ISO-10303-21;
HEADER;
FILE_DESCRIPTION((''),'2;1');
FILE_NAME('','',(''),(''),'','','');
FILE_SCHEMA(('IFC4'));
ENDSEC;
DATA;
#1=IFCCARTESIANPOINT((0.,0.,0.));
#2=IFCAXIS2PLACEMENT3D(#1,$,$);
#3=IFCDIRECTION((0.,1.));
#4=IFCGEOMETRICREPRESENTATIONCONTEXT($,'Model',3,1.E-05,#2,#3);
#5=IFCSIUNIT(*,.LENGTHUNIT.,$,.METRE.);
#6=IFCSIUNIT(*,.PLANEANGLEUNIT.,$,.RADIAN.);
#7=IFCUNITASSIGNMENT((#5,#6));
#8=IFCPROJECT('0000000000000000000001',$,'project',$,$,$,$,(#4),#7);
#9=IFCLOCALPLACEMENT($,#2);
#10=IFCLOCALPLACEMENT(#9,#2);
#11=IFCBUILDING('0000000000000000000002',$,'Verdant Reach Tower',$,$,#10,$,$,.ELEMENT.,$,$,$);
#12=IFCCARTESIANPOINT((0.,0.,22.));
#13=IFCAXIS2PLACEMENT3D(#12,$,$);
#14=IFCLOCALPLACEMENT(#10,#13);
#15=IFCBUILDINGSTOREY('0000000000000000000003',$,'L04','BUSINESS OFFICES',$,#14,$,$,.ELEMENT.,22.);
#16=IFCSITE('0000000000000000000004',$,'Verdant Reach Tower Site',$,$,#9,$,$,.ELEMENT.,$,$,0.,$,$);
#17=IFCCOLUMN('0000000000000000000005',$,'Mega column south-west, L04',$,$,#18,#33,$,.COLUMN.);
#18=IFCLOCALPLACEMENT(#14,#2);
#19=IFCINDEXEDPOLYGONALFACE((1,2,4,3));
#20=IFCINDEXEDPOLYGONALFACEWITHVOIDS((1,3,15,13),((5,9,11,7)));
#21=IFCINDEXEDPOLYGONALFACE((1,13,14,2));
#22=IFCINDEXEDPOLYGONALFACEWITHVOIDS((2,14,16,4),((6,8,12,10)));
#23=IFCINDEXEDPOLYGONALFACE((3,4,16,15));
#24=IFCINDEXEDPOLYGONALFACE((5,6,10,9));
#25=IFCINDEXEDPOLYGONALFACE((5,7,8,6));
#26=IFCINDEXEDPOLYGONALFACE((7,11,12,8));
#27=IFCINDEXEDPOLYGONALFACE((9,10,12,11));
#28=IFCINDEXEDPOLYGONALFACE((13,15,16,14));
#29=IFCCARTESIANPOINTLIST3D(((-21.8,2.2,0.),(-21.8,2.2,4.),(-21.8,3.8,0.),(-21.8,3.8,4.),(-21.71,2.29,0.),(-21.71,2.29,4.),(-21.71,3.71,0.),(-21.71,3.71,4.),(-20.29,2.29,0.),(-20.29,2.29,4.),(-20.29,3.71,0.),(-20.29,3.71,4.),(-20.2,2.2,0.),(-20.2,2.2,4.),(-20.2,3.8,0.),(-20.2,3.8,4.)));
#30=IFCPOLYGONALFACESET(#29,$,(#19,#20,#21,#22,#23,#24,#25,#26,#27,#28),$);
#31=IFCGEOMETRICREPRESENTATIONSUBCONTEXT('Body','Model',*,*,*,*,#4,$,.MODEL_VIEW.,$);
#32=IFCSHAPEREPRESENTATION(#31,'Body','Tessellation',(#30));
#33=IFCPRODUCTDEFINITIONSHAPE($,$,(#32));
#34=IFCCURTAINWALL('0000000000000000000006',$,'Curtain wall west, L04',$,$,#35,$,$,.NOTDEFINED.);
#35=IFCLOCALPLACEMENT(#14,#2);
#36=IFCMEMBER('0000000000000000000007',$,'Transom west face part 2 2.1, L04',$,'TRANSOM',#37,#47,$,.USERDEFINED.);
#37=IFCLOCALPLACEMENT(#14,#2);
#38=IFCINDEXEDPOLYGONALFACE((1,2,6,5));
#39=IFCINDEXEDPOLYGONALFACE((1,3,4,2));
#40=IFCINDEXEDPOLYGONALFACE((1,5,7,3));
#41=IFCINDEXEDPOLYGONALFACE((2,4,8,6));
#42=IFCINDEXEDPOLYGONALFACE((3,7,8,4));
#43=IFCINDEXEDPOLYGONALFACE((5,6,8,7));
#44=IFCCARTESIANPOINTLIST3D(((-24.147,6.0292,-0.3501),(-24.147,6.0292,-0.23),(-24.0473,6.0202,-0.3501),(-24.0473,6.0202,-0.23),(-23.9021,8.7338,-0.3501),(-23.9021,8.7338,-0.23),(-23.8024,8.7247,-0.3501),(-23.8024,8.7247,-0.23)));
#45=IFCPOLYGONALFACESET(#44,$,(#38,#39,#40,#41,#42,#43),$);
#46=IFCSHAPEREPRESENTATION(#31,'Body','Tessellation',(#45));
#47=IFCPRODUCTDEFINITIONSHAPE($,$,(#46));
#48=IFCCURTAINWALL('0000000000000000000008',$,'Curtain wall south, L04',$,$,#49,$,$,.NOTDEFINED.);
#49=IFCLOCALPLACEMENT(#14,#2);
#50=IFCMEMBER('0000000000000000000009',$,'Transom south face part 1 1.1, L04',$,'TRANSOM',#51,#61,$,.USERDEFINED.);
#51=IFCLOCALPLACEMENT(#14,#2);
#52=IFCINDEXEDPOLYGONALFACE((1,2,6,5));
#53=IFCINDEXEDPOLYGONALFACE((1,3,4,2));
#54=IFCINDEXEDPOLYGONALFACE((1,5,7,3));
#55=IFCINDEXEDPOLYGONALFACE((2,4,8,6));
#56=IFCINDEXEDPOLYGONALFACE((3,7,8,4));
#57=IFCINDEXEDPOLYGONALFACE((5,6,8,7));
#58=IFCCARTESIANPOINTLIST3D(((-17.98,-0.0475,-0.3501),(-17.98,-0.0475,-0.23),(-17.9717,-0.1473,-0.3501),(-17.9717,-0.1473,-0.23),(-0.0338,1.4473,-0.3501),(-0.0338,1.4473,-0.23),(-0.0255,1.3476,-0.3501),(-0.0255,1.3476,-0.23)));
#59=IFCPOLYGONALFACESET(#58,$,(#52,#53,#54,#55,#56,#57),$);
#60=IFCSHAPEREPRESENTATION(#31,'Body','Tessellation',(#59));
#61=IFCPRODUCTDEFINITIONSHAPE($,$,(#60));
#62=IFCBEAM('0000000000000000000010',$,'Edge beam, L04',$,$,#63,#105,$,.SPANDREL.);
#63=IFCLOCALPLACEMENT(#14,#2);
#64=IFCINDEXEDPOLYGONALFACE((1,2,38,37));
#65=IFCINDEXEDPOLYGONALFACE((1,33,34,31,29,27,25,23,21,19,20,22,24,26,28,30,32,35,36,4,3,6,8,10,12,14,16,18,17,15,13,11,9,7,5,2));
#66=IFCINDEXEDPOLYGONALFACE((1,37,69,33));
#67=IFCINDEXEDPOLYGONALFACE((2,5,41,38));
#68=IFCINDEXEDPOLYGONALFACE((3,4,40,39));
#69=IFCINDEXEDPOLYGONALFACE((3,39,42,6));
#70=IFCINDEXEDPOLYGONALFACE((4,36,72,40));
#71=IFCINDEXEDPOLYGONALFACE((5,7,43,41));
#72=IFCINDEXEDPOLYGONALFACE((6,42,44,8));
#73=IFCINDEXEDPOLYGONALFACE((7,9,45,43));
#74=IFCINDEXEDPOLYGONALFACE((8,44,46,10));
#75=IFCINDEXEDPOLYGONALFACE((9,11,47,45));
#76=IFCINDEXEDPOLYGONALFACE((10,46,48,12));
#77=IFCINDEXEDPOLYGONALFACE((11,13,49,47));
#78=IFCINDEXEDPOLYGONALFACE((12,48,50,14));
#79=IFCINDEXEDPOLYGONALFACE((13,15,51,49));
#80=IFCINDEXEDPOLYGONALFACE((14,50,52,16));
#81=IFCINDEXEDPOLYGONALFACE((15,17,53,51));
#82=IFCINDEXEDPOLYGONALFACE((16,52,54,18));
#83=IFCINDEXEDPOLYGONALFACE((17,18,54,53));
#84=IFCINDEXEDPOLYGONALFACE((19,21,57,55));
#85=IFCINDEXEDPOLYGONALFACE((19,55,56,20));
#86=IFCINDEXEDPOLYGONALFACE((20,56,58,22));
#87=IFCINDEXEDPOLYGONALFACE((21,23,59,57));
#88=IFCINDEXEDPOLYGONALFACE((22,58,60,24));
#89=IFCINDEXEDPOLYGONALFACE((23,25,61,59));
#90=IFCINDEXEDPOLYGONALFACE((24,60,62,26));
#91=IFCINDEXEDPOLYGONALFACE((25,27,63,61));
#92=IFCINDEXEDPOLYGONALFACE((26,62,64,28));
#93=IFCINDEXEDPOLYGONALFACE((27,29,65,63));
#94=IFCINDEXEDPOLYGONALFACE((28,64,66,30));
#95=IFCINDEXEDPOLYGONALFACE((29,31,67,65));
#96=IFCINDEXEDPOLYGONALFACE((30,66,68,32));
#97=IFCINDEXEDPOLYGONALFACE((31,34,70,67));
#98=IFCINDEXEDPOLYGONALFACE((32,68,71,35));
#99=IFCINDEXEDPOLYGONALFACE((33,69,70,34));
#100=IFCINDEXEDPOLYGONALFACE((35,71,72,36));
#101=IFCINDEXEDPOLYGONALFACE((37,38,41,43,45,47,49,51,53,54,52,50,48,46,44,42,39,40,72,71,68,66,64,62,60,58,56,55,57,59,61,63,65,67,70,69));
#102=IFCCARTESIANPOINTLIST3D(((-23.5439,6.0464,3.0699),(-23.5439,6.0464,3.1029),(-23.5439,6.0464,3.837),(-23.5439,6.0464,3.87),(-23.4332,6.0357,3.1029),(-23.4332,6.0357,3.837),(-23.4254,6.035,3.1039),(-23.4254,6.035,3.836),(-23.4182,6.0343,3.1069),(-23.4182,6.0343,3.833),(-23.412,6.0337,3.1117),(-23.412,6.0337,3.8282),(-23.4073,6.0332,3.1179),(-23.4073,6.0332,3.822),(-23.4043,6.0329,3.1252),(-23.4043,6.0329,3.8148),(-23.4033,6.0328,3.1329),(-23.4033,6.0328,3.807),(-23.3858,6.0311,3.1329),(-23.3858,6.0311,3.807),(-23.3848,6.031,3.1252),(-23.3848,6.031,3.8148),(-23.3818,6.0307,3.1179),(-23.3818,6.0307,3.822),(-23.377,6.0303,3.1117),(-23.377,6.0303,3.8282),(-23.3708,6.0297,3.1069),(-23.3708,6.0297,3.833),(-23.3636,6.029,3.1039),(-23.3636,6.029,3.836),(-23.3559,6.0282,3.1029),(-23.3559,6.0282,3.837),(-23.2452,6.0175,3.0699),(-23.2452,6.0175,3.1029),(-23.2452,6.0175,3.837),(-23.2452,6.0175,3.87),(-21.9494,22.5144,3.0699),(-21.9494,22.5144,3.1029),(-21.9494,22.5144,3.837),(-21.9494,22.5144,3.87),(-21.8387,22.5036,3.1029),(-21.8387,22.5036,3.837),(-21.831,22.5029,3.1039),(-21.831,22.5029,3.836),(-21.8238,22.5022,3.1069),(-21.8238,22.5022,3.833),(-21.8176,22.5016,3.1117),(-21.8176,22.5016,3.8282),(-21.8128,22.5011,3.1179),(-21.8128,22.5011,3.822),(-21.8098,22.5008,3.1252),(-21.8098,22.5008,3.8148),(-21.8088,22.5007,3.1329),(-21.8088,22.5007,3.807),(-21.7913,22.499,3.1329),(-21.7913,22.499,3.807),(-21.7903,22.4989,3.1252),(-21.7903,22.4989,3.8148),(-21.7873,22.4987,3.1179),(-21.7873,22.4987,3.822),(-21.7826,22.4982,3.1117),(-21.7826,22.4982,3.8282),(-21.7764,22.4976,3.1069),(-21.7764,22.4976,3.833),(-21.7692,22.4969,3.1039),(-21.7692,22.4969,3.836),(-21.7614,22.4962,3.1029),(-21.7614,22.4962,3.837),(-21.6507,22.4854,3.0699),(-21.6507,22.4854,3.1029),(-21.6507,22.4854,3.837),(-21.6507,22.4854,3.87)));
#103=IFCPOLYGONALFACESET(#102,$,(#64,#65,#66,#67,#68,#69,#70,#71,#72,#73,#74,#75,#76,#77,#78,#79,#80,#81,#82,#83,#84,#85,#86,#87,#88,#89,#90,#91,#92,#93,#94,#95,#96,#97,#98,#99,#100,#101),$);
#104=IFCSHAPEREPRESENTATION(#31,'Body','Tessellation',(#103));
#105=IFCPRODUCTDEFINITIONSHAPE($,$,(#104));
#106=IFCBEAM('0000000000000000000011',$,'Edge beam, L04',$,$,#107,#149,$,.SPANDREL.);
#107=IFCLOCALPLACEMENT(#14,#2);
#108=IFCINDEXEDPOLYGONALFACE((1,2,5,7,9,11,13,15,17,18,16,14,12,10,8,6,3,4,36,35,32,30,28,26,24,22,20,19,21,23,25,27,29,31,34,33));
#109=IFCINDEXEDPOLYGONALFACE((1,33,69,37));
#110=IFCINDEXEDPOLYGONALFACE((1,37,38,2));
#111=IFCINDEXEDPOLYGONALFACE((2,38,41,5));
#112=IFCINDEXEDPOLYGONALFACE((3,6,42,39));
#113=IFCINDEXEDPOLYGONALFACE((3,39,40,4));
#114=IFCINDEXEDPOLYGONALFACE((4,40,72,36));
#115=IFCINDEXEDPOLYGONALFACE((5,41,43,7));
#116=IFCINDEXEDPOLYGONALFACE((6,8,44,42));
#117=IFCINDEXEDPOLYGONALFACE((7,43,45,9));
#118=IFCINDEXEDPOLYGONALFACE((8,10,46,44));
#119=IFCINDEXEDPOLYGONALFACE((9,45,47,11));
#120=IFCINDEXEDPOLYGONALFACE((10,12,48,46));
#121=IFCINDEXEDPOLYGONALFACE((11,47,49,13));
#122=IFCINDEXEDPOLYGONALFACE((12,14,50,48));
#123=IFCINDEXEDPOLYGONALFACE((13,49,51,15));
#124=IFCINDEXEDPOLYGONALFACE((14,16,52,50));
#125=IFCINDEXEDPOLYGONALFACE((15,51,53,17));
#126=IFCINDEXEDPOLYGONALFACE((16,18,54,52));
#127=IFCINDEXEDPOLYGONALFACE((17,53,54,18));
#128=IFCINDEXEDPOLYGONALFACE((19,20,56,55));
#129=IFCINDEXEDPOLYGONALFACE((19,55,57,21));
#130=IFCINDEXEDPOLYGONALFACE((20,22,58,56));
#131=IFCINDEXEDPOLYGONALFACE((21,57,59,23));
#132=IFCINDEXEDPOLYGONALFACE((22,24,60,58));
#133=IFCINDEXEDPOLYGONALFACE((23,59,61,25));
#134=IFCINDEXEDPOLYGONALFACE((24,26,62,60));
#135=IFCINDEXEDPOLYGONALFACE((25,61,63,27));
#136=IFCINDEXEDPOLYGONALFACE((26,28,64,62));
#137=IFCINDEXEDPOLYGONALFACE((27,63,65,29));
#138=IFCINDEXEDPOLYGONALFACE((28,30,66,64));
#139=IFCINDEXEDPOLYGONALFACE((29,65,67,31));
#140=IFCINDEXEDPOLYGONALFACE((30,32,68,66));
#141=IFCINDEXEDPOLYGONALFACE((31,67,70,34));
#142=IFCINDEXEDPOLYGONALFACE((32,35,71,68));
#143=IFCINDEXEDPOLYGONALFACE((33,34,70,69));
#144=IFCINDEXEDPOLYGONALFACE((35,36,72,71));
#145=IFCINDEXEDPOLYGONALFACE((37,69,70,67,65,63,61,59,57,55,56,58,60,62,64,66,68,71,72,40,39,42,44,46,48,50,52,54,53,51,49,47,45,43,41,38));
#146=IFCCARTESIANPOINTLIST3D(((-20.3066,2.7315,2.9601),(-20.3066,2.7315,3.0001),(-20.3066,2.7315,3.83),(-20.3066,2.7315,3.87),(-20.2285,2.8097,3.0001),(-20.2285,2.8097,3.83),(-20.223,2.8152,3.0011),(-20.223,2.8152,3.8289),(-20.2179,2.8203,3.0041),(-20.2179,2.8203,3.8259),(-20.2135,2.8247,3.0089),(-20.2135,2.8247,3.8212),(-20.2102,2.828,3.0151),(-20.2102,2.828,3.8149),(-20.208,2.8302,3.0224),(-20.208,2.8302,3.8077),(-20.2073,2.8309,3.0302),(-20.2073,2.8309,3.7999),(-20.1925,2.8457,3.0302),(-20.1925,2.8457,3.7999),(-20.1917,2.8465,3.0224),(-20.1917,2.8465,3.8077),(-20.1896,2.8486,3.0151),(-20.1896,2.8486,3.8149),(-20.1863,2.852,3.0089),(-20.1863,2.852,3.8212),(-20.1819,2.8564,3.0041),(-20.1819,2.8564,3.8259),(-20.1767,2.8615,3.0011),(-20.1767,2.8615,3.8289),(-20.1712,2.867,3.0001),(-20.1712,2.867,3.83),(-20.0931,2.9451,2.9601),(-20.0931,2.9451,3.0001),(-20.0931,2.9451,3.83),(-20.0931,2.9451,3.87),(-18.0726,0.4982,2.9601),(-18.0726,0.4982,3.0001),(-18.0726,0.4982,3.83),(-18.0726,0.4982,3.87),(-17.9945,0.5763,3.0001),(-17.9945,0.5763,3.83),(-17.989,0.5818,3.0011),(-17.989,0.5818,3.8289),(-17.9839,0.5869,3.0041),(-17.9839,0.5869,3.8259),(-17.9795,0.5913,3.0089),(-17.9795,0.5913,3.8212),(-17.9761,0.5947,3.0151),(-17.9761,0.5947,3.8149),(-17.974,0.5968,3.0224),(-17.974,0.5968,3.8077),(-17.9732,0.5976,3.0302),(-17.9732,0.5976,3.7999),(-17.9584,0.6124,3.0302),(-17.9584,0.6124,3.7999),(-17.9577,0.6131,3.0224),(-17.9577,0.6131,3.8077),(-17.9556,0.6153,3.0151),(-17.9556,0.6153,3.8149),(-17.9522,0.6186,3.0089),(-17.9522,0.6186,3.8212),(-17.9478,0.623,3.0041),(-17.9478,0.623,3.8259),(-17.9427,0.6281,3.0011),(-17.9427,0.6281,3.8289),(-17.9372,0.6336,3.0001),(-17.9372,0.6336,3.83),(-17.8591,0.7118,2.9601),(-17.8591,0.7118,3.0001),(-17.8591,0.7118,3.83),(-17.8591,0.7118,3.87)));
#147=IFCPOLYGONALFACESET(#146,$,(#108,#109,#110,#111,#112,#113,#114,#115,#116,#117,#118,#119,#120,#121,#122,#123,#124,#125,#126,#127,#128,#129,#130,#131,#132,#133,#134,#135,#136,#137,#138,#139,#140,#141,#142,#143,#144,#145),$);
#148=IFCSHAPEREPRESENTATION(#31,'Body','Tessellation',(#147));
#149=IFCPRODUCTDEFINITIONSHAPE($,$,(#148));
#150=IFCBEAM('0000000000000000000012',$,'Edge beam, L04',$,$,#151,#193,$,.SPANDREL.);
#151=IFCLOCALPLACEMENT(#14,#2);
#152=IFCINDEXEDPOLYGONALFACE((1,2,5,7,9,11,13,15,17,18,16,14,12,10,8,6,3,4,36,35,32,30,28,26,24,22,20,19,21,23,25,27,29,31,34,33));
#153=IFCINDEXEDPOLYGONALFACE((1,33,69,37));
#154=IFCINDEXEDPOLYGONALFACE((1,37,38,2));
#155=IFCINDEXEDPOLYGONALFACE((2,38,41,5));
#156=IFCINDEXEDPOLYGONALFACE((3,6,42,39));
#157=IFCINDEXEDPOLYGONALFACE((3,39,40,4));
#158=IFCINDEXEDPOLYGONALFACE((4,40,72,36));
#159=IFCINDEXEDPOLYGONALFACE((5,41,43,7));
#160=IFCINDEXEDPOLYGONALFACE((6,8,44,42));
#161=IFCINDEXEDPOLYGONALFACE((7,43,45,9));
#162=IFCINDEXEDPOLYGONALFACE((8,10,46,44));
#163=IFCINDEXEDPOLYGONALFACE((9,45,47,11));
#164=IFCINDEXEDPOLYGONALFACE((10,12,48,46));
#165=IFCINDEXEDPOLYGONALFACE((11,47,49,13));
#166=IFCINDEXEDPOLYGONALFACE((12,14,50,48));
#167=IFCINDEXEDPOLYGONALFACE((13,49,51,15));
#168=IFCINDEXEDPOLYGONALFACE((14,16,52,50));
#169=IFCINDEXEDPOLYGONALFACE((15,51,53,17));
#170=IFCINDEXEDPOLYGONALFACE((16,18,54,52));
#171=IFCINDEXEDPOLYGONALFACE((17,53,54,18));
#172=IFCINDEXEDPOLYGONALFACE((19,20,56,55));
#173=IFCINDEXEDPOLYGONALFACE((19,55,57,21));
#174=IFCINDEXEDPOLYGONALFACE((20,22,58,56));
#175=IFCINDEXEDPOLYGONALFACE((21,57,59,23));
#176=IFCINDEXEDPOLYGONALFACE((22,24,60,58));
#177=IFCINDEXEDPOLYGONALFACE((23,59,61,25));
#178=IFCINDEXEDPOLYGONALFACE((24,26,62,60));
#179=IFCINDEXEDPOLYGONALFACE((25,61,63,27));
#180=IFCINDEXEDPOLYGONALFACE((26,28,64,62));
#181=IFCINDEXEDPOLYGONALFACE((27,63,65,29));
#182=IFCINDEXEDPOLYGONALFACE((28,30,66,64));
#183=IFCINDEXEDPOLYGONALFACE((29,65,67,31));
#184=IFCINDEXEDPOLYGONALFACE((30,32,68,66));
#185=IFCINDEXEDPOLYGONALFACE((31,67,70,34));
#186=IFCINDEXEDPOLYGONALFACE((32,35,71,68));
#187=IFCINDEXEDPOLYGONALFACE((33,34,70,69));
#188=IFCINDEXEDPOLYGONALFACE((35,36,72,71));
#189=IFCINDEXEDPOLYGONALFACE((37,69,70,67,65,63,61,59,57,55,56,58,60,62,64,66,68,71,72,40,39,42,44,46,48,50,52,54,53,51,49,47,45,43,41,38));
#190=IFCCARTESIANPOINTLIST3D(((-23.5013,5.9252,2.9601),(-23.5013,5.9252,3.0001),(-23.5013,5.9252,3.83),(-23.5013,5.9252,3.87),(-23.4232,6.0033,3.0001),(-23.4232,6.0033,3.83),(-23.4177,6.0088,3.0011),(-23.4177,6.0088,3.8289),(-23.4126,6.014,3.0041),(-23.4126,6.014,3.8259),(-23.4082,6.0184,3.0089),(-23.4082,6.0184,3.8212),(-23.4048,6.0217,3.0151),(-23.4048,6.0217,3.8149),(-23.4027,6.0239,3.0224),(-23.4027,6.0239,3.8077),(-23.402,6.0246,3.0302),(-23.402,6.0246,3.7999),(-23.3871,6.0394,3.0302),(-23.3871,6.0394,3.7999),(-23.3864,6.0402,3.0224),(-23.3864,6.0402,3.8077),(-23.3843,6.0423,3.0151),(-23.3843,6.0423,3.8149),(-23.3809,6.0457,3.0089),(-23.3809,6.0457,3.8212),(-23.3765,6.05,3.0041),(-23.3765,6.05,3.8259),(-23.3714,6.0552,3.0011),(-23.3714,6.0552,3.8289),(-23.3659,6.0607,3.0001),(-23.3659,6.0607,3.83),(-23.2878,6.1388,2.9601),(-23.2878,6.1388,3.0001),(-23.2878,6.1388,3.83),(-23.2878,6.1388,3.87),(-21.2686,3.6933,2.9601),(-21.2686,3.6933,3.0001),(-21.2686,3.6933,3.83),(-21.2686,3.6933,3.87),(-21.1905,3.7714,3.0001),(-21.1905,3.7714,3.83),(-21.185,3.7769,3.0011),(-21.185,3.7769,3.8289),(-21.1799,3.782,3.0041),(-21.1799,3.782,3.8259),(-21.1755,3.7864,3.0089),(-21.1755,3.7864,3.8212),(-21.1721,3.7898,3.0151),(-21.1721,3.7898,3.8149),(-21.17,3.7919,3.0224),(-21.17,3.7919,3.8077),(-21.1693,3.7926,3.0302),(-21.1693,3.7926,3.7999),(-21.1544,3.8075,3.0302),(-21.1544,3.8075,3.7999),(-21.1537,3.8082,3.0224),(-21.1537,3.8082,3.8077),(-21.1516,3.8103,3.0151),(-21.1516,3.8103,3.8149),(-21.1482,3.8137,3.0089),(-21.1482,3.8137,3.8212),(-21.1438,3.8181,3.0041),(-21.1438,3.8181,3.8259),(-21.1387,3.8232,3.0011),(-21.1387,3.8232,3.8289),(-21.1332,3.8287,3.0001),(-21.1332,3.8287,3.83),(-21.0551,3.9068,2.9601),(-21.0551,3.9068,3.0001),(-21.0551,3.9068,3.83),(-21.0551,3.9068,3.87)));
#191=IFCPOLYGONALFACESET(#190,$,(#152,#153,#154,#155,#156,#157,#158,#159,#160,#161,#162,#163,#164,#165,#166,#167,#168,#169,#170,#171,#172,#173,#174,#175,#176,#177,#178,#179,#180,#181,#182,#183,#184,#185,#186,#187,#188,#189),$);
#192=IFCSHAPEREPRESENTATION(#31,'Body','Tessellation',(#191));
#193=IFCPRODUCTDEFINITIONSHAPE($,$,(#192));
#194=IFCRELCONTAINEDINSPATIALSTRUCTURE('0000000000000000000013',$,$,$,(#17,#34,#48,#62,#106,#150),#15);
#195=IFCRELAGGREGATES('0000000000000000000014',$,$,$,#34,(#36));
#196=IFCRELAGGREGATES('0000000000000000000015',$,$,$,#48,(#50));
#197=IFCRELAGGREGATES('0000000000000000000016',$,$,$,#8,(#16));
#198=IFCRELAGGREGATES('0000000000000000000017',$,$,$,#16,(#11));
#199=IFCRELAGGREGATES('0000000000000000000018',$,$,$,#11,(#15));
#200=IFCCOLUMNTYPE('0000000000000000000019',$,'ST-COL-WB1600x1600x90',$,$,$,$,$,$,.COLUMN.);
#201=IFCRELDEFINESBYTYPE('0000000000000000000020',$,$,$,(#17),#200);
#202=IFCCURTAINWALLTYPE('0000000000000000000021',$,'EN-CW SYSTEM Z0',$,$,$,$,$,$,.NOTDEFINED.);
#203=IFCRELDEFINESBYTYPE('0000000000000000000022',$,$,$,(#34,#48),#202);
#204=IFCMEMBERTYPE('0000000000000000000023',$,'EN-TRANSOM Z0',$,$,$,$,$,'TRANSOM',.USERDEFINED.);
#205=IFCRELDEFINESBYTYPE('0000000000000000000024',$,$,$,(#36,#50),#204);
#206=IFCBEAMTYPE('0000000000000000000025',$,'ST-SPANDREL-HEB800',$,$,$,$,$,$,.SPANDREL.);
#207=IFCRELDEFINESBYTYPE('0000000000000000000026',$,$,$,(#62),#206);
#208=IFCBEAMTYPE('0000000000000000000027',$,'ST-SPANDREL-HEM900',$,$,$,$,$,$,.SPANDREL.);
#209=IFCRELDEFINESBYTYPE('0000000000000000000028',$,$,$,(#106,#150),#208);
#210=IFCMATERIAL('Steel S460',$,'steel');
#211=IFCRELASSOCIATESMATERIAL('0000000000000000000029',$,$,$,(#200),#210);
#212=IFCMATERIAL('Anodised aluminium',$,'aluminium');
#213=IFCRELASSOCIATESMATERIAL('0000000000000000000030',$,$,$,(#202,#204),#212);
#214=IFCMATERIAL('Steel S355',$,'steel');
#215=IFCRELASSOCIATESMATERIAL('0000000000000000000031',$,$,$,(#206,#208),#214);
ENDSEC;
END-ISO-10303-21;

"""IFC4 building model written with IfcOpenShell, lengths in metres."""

from ifc_helpers import new_model, si_unit, direction, frame, origin, origin_2d, place, context, subcontext, project, spatial, rectangle, hollow_rectangle, i_section, extrude, material, material_profile, profile_set, type_object, element, aggregate, save


model = new_model("IFC4")

# Units and contexts
model_context = context("Model", 3, precision=1e-05, world=origin(), true_north=direction((0.0, 1.0)))
body_context = subcontext(model_context, "Body", "Model", "MODEL_VIEW")
ifc_project = project(units=[si_unit("LENGTHUNIT", "METRE"), si_unit("PLANEANGLEUNIT", "RADIAN")], contexts=[model_context])

# Site, building, storey
site_placement = place(None, origin())
site = spatial("IfcSite", under=ifc_project, at=site_placement, Name="Verdant Reach Tower Site", CompositionType="ELEMENT", RefElevation=0.0)
building_placement = place(site_placement, origin())
building = spatial("IfcBuilding", under=site, at=building_placement, Name="Verdant Reach Tower", CompositionType="ELEMENT")
storey_placement = place(building_placement, frame((0.0, 0.0, 22.0)))
storey = spatial("IfcBuildingStorey", under=building, at=storey_placement, Name="L04", Description="BUSINESS OFFICES", CompositionType="ELEMENT", Elevation=22.0)

# Column
ifc_material_1 = material(Name="Steel S460", Category="steel")
ifc_material_profile_1 = material_profile(ifc_material_1, hollow_rectangle(XDim=1.6001, YDim=1.6001, WallThickness=0.0901, at=origin_2d()), Name="WB 1600x1600x90")
ifc_profile_set_1 = profile_set([ifc_material_profile_1], Name="Steel S460")
column_type = type_object("IfcColumnType", Name="ST-COL-WB1600x1600x90", PredefinedType="COLUMN", material=ifc_profile_set_1)
column_placement = place(storey_placement, frame((-21.0, 3.0, 0.0), z_axis=(0.0, 0.0, 1.0), x_axis=(1.0, 0.0, 0.0)))
element("IfcColumn", 1, at=column_placement, inside=storey, type_object=column_type, Name="Mega column south-west, L04", PredefinedType="COLUMN", context=body_context, shape_type="SweptSolid", body=[
    extrude(hollow_rectangle(XDim=1.6001, YDim=1.6001, WallThickness=0.0901, at=origin_2d()), origin(), (0.0, 0.0, 1.0), 4.0),
])

# Curtain walls, members
ifc_material_2 = material(Name="Anodised aluminium", Category="aluminium")
curtain_wall_type = type_object("IfcCurtainWallType", Name="EN-CW SYSTEM Z0", PredefinedType="NOTDEFINED", material=ifc_material_2)
curtain_wall_1_placement = place(storey_placement, origin())
curtain_wall_1 = element("IfcCurtainWall", 2, at=curtain_wall_1_placement, inside=storey, type_object=curtain_wall_type, Name="Curtain wall west, L04", PredefinedType="NOTDEFINED")
ifc_material_profile_2 = material_profile(ifc_material_2, rectangle(XDim=0.1001, YDim=0.1201, at=origin_2d()), Name="Transom 120x100")
ifc_profile_set_2 = profile_set([ifc_material_profile_2], Name="Anodised aluminium")
member_type = type_object("IfcMemberType", Name="EN-TRANSOM Z0", ElementType="TRANSOM", PredefinedType="USERDEFINED", material=ifc_profile_set_2)
member_1_placement = place(storey_placement, frame((-23.8523, 8.7292, -0.29), z_axis=(-0.090171, -0.995926, 0.0), x_axis=(0.995926, -0.090171, 0.0)))
member_1 = element("IfcMember", 3, at=member_1_placement, type_object=member_type, Name="Transom west face part 2 2.1, L04", ObjectType="TRANSOM", PredefinedType="USERDEFINED", context=body_context, shape_type="SweptSolid", body=[
    extrude(rectangle(XDim=0.1001, YDim=0.1201, at=origin_2d()), origin(), (0.0, 0.0, 1.0), 2.7156),
])
curtain_wall_2_placement = place(storey_placement, origin())
curtain_wall_2 = element("IfcCurtainWall", 4, at=curtain_wall_2_placement, inside=storey, type_object=curtain_wall_type, Name="Curtain wall south, L04", PredefinedType="NOTDEFINED")
member_2_placement = place(storey_placement, frame((-17.9758, -0.0974, -0.29), z_axis=(0.996549, 0.083011, 0.0), x_axis=(-0.083011, 0.996549, 0.0)))
member_2 = element("IfcMember", 5, at=member_2_placement, type_object=member_type, Name="Transom south face part 1 1.1, L04", ObjectType="TRANSOM", PredefinedType="USERDEFINED", context=body_context, shape_type="SweptSolid", body=[
    extrude(rectangle(XDim=0.1001, YDim=0.1201, at=origin_2d()), origin(), (0.0, 0.0, 1.0), 18.0083),
])

# Beams
ifc_material_3 = material(Name="Steel S355", Category="steel")
ifc_material_profile_3 = material_profile(ifc_material_3, i_section(OverallWidth=0.3, OverallDepth=0.8, WebThickness=0.0176, FlangeThickness=0.033, FilletRadius=0.03, at=origin_2d()), Name="HEB 800")
ifc_profile_set_3 = profile_set([ifc_material_profile_3], Name="Steel S355")
beam_type_1 = type_object("IfcBeamType", Name="ST-SPANDREL-HEB800", PredefinedType="SPANDREL", material=ifc_profile_set_3)
beam_1_placement = place(storey_placement, frame((-23.3945, 6.032, 3.47), z_axis=(0.096372, 0.995345, 0.0), x_axis=(-0.995345, 0.096372, 0.0)))
element("IfcBeam", 6, at=beam_1_placement, inside=storey, type_object=beam_type_1, Name="Edge beam, L04", PredefinedType="SPANDREL", context=body_context, shape_type="SweptSolid", body=[
    extrude(i_section(OverallWidth=0.3, OverallDepth=0.8, WebThickness=0.0176, FlangeThickness=0.033, FilletRadius=0.03, at=origin_2d()), origin(), (0.0, 0.0, 1.0), 16.5449),
])
ifc_material_profile_4 = material_profile(ifc_material_3, i_section(OverallWidth=0.302, OverallDepth=0.9099, WebThickness=0.021, FlangeThickness=0.04, FilletRadius=0.03, at=origin_2d()), Name="HEM 900")
ifc_profile_set_4 = profile_set([ifc_material_profile_4], Name="Steel S355")
beam_type_2 = type_object("IfcBeamType", Name="ST-SPANDREL-HEM900", PredefinedType="SPANDREL", material=ifc_profile_set_4)
beam_2_placement = place(storey_placement, frame((-17.9658, 0.605, 3.415), z_axis=(-0.707223, 0.706991, 0.0), x_axis=(-0.706991, -0.707223, 0.0)))
element("IfcBeam", 7, at=beam_2_placement, inside=storey, type_object=beam_type_2, Name="Edge beam, L04", PredefinedType="SPANDREL", context=body_context, shape_type="SweptSolid", body=[
    extrude(i_section(OverallWidth=0.302, OverallDepth=0.9099, WebThickness=0.021, FlangeThickness=0.04, FilletRadius=0.03, at=origin_2d()), origin(), (0.0, 0.0, 1.0), 3.1589),
])
beam_3_placement = place(storey_placement, frame((-21.1619, 3.8, 3.415), z_axis=(-0.707223, 0.706991, 0.0), x_axis=(-0.706991, -0.707223, 0.0)))
element("IfcBeam", 8, at=beam_3_placement, inside=storey, type_object=beam_type_2, Name="Edge beam, L04", PredefinedType="SPANDREL", context=body_context, shape_type="SweptSolid", body=[
    extrude(i_section(OverallWidth=0.302, OverallDepth=0.9099, WebThickness=0.021, FlangeThickness=0.04, FilletRadius=0.03, at=origin_2d()), origin(), (0.0, 0.0, 1.0), 3.157),
])

aggregate(curtain_wall_1, [member_1])
aggregate(curtain_wall_2, [member_2])

save(model, "model.ifc")
